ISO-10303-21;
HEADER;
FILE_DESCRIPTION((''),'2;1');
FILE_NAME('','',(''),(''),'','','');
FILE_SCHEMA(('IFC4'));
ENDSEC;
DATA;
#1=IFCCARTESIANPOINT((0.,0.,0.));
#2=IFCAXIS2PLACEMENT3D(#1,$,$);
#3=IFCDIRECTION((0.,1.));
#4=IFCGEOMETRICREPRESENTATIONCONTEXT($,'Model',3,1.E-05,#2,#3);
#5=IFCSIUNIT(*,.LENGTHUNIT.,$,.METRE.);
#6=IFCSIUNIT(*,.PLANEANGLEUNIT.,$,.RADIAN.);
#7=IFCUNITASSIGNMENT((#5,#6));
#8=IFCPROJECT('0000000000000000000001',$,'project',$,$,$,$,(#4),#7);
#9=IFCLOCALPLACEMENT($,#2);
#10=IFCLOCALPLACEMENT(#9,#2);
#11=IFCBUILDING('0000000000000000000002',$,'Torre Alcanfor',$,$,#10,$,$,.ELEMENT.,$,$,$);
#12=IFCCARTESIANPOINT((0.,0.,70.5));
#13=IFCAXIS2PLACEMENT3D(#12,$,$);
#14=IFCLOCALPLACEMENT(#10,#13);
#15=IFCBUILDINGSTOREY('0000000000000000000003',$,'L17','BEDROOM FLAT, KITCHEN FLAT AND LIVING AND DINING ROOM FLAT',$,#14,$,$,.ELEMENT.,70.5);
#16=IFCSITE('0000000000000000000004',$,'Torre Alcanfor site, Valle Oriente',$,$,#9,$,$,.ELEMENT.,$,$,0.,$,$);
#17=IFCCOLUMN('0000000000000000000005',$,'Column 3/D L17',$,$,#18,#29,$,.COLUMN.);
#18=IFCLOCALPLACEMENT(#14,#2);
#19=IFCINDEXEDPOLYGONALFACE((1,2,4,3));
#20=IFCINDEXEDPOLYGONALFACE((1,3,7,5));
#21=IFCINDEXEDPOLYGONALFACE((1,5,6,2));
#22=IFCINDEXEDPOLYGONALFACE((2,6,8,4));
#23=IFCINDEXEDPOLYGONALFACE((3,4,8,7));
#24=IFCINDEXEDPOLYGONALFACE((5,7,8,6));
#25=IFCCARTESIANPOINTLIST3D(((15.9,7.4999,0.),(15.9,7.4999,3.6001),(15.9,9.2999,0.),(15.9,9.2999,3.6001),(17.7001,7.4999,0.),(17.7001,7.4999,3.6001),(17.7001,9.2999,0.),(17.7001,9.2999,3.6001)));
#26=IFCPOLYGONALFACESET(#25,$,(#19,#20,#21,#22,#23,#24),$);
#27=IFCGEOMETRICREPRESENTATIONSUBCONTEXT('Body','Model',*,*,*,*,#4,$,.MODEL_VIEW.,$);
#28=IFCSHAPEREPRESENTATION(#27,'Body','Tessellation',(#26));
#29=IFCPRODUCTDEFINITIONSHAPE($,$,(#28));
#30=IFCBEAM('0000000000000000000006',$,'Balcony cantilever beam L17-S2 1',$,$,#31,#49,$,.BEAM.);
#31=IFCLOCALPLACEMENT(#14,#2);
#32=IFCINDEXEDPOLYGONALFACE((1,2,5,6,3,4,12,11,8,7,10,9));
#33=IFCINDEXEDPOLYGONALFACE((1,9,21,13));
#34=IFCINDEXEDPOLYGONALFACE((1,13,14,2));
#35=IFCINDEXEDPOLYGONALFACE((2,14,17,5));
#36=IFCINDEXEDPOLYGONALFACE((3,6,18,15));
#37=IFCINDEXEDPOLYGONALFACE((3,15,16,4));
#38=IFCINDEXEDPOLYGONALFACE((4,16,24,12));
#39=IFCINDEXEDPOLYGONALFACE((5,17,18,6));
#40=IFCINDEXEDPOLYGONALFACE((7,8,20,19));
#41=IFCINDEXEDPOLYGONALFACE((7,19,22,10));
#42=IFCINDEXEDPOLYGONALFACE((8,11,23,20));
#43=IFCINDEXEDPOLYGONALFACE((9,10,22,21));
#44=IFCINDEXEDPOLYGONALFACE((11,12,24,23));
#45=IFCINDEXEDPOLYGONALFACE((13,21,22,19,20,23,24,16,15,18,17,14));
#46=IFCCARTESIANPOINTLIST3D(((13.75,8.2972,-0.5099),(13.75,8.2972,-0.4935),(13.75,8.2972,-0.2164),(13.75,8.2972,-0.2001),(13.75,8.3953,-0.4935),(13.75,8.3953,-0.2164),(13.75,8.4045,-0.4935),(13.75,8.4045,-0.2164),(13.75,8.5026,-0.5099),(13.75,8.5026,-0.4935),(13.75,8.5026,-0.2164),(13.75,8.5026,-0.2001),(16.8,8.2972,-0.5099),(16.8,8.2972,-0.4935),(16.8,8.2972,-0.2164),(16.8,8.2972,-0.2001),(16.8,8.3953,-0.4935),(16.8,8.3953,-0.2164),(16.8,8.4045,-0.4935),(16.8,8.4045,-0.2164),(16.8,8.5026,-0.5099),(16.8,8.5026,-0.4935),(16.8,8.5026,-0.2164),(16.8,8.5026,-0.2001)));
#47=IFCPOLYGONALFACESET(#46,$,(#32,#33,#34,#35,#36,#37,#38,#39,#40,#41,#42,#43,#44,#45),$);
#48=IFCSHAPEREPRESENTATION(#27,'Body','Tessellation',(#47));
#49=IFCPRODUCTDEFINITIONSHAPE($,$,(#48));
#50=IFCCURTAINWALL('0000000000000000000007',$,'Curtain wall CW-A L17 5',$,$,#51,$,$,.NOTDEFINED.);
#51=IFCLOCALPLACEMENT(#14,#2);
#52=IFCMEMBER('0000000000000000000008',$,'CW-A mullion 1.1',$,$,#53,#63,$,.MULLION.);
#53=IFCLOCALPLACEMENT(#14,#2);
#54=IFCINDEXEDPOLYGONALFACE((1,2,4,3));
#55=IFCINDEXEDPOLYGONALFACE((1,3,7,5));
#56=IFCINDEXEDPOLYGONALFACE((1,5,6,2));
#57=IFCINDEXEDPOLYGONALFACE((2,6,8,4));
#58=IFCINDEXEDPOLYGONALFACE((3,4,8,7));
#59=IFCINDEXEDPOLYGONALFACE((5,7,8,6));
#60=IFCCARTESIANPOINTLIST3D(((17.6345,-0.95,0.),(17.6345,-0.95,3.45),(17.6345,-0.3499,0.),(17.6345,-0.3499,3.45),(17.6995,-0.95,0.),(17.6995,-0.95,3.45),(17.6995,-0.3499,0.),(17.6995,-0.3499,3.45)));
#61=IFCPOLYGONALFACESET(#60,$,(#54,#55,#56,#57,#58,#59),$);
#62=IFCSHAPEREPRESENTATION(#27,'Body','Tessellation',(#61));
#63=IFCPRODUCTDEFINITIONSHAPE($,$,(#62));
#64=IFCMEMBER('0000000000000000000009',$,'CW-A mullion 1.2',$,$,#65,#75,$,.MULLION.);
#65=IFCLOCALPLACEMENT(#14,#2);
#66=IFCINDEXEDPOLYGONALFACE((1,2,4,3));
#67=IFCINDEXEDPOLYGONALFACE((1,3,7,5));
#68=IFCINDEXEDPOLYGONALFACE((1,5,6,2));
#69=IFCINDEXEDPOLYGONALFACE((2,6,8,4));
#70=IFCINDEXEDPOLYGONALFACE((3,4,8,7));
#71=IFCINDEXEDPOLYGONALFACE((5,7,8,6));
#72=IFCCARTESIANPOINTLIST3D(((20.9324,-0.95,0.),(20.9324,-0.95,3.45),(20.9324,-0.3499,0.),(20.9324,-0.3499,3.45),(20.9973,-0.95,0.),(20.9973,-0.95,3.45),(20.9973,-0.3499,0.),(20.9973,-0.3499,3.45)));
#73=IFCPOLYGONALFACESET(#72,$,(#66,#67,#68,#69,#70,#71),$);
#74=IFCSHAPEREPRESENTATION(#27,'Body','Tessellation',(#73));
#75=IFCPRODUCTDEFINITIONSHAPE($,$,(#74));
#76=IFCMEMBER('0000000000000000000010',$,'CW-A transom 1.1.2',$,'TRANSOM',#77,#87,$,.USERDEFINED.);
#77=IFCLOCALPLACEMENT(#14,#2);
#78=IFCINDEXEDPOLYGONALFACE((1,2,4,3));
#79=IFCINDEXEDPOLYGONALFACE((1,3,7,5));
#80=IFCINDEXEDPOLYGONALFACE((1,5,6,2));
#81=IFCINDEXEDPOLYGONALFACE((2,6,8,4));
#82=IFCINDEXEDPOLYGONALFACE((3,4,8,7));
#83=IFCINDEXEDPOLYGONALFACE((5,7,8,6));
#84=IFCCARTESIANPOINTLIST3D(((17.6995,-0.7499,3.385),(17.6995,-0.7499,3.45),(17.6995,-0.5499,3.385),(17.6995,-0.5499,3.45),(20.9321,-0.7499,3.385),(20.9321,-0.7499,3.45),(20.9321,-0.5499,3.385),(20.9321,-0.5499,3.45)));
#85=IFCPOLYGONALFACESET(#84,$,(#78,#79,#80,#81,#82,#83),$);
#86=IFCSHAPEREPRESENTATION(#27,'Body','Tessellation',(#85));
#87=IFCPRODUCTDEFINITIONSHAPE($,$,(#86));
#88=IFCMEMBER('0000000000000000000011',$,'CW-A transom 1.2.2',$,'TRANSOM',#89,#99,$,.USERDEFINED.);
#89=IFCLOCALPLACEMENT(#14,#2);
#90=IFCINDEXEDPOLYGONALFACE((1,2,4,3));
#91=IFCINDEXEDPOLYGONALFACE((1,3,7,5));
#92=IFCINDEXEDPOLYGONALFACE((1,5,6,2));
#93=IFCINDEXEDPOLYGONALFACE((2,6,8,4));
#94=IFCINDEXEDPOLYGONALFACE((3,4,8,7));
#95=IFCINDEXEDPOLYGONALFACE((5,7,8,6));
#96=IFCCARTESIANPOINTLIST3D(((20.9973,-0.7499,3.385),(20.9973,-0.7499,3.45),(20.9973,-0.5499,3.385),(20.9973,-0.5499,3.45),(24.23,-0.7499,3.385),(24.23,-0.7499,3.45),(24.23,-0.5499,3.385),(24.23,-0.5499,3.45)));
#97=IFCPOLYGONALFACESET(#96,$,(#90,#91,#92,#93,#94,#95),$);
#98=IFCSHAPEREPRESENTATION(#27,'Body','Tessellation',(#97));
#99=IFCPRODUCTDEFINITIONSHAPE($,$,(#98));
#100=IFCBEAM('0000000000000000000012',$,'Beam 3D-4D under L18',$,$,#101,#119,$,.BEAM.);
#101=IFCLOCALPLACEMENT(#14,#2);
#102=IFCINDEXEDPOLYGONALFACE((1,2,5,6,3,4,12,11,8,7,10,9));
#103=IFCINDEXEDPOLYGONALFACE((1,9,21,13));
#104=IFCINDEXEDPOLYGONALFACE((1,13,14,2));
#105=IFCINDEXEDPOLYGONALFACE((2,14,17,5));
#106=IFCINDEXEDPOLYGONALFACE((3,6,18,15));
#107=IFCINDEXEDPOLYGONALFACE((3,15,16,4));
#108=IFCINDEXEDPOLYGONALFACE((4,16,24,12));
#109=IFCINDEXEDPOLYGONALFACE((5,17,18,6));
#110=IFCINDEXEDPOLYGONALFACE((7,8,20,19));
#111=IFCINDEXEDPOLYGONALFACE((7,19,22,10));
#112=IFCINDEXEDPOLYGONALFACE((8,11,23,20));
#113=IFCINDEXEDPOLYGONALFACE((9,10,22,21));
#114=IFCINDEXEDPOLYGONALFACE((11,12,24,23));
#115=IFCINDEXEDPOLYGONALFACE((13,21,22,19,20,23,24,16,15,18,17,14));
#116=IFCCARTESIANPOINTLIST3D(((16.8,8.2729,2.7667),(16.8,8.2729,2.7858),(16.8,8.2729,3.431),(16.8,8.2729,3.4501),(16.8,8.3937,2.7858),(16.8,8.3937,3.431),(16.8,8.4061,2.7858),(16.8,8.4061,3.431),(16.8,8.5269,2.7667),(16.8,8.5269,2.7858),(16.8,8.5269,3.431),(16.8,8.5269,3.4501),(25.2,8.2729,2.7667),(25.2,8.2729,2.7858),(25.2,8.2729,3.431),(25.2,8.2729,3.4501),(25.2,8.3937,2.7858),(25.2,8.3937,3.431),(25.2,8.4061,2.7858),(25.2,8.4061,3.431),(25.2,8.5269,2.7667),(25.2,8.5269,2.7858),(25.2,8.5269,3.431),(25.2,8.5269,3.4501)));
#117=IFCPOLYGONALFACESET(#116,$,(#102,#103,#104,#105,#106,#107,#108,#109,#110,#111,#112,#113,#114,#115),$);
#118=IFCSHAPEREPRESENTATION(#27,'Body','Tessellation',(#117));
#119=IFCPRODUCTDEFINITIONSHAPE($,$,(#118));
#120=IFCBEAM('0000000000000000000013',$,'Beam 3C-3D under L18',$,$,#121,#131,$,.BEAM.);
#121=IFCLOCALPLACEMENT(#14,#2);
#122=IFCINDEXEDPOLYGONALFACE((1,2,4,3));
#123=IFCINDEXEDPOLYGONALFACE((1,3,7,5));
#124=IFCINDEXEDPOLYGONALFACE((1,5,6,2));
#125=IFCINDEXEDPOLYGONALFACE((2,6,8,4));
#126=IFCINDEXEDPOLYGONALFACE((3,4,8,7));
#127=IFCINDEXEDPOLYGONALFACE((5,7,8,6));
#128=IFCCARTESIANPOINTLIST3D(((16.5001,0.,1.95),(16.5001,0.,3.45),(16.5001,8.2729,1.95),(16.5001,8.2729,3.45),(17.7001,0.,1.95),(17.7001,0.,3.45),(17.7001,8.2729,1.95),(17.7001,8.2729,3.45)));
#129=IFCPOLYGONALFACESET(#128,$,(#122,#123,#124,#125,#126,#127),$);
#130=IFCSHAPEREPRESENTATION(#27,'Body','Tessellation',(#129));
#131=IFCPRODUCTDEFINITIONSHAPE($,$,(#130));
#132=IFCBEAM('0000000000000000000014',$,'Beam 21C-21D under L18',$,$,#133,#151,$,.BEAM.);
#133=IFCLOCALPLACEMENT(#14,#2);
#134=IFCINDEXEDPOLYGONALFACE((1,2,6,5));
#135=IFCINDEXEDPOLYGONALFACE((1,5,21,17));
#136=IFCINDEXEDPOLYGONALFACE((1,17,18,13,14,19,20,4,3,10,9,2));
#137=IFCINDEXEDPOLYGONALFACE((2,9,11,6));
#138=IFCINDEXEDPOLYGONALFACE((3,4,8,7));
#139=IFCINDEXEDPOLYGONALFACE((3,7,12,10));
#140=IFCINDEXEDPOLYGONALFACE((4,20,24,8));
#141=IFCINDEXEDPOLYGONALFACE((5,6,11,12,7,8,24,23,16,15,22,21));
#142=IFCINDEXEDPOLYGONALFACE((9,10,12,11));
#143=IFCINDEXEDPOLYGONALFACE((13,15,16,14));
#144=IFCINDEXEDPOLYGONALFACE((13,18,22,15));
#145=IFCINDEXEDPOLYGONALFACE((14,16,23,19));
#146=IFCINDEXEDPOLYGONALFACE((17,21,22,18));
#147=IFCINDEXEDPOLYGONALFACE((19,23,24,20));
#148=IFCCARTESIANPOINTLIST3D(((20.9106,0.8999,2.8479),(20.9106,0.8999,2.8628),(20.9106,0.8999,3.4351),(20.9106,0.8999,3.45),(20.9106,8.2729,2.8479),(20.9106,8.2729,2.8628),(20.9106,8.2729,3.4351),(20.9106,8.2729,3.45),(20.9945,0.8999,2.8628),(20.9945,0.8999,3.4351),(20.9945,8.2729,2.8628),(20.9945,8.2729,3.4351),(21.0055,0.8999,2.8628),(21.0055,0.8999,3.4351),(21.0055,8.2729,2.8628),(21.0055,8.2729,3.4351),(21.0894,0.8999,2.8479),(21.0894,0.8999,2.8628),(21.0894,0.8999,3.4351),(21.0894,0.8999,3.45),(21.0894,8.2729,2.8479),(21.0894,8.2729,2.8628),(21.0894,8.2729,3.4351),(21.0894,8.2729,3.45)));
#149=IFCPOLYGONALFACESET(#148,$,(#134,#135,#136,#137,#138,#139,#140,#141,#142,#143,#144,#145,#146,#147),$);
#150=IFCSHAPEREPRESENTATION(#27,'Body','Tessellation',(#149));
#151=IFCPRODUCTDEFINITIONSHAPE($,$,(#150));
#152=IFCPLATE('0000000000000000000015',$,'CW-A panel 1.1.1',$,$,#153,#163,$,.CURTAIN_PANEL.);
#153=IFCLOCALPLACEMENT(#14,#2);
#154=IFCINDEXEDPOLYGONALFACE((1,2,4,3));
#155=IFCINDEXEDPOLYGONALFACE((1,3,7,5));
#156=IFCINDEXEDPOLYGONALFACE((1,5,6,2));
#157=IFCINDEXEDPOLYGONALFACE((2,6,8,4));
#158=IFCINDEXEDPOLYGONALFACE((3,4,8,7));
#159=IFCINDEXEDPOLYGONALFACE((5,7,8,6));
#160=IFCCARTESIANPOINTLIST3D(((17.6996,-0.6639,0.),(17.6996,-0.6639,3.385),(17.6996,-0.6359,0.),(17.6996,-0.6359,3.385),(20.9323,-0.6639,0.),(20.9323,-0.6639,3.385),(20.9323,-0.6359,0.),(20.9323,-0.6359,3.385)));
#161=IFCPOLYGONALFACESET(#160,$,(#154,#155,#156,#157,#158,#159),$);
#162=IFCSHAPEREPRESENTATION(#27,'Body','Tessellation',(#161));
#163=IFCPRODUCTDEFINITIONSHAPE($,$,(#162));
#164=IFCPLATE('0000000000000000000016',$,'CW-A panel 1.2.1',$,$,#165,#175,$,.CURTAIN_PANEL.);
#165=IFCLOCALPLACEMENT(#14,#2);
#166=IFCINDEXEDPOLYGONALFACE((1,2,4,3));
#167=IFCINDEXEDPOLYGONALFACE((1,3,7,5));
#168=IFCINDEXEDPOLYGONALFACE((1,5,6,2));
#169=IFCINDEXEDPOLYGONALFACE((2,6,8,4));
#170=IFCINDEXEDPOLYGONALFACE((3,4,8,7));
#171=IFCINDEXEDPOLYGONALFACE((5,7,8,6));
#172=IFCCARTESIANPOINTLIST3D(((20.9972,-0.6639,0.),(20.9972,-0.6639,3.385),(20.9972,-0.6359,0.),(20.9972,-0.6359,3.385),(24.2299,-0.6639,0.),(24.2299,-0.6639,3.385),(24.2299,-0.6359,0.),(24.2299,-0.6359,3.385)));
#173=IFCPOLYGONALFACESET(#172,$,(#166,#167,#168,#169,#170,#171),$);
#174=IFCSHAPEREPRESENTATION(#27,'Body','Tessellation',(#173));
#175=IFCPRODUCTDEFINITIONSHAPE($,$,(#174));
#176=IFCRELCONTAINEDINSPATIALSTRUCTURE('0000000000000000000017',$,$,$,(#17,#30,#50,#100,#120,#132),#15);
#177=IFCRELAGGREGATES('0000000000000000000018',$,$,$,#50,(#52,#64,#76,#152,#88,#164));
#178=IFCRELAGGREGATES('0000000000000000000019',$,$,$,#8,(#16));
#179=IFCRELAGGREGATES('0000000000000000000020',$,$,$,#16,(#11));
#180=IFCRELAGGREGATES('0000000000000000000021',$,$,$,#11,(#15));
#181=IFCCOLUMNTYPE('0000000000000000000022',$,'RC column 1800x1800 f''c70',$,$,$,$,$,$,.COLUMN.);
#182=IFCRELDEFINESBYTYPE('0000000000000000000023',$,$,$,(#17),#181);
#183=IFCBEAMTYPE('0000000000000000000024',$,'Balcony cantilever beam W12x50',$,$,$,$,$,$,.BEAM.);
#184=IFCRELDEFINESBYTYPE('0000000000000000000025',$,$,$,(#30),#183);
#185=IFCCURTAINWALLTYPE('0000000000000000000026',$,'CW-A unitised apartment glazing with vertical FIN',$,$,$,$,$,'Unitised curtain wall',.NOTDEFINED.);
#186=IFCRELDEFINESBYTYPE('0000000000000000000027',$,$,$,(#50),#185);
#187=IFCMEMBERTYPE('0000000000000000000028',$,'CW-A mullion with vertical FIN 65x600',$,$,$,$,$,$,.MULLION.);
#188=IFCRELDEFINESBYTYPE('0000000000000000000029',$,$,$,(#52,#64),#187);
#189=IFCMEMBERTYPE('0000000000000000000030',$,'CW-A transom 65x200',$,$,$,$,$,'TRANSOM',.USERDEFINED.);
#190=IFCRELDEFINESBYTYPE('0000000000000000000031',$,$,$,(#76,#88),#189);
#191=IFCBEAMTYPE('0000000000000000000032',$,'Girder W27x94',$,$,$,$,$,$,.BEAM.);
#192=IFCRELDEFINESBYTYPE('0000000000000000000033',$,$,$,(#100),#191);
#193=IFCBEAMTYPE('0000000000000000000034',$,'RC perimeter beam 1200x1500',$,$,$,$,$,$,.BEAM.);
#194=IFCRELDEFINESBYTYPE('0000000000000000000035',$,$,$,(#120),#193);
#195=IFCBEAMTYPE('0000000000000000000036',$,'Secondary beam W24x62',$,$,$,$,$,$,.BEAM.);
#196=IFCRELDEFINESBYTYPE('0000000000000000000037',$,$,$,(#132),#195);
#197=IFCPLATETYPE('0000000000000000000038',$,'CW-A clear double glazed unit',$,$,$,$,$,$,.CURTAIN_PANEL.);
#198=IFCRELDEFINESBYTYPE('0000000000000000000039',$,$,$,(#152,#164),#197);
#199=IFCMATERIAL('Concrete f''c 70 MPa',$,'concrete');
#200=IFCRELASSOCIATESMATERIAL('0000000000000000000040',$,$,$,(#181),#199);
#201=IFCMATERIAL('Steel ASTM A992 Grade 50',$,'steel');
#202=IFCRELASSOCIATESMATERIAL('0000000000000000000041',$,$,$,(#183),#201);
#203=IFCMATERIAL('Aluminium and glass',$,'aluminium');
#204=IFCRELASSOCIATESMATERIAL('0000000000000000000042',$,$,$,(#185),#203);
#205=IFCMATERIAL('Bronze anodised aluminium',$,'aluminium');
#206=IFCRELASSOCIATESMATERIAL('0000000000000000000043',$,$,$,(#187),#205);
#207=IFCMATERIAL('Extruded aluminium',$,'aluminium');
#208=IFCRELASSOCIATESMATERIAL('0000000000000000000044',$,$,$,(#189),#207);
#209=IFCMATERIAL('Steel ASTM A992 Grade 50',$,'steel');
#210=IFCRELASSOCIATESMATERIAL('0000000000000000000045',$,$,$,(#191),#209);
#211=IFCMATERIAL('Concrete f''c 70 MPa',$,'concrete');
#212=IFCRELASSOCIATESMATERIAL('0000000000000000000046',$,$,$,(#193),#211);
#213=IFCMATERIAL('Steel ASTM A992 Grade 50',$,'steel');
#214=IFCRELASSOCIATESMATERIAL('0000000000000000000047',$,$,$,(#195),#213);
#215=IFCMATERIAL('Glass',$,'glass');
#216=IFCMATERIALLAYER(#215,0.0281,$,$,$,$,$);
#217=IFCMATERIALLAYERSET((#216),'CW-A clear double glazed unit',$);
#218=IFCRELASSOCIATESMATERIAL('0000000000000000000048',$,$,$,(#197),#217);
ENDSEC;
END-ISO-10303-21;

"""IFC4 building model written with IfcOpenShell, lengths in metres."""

from ifc_helpers import new_model, si_unit, direction, frame, origin, origin_2d, place, context, subcontext, project, spatial, rectangle, i_section, extrude, material, layer, layer_set, material_profile, profile_set, type_object, element, aggregate, save


model = new_model("IFC4")

# Units and contexts
model_context = context("Model", 3, precision=1e-05, world=origin(), true_north=direction((0.0, 1.0)))
body_context = subcontext(model_context, "Body", "Model", "MODEL_VIEW")
ifc_project = project(units=[si_unit("LENGTHUNIT", "METRE"), si_unit("PLANEANGLEUNIT", "RADIAN")], contexts=[model_context])

# Site, building, storey
site_placement = place(None, origin())
site = spatial("IfcSite", under=ifc_project, at=site_placement, Name="Torre Alcanfor site, Valle Oriente", CompositionType="ELEMENT", RefElevation=0.0)
building_placement = place(site_placement, origin())
building = spatial("IfcBuilding", under=site, at=building_placement, Name="Torre Alcanfor", CompositionType="ELEMENT")
storey_placement = place(building_placement, frame((0.0, 0.0, 70.5)))
storey = spatial("IfcBuildingStorey", under=building, at=storey_placement, Name="L17", Description="BEDROOM FLAT, KITCHEN FLAT AND LIVING AND DINING ROOM FLAT", CompositionType="ELEMENT", Elevation=70.5)

# Column
ifc_material_1 = material(Name="Concrete f'c 70 MPa", Category="concrete")
ifc_material_profile_1 = material_profile(ifc_material_1, rectangle(XDim=1.8, YDim=1.8, at=origin_2d()), Name="1800x1800")
ifc_profile_set_1 = profile_set([ifc_material_profile_1], Name="Concrete f'c 70 MPa")
column_type = type_object("IfcColumnType", Name="RC column 1800x1800 f'c70", PredefinedType="COLUMN", material=ifc_profile_set_1)
column_placement = place(storey_placement, frame((16.8, 8.3999, 0.0), z_axis=(0.0, 0.0, 1.0), x_axis=(1.0, 0.0, 0.0)))
element("IfcColumn", 1, at=column_placement, inside=storey, type_object=column_type, Name="Column 3/D L17", PredefinedType="COLUMN", context=body_context, shape_type="SweptSolid", body=[
    extrude(rectangle(XDim=1.8, YDim=1.8, at=origin_2d()), origin(), (0.0, 0.0, 1.0), 3.6001),
])

# Beam
ifc_material_2 = material(Name="Steel ASTM A992 Grade 50", Category="steel")
ifc_material_profile_2 = material_profile(ifc_material_2, i_section(OverallWidth=0.2053, OverallDepth=0.3098, WebThickness=0.0093, FlangeThickness=0.0164, at=origin_2d()), Name="W12x50")
ifc_profile_set_2 = profile_set([ifc_material_profile_2], Name="Steel ASTM A992 Grade 50")
beam_type_1 = type_object("IfcBeamType", Name="Balcony cantilever beam W12x50", PredefinedType="BEAM", material=ifc_profile_set_2)
beam_1_placement = place(storey_placement, frame((16.8, 8.3999, -0.355), z_axis=(-1.0, 0.0, 0.0), x_axis=(0.0, -1.0, 0.0)))
element("IfcBeam", 2, at=beam_1_placement, inside=storey, type_object=beam_type_1, Name="Balcony cantilever beam L17-S2 1", PredefinedType="BEAM", context=body_context, shape_type="SweptSolid", body=[
    extrude(i_section(OverallWidth=0.2053, OverallDepth=0.3098, WebThickness=0.0093, FlangeThickness=0.0164, at=origin_2d()), origin(), (0.0, 0.0, 1.0), 3.05),
])

# Curtain wall, members
ifc_material_3 = material(Name="Aluminium and glass", Category="aluminium")
curtain_wall_type = type_object("IfcCurtainWallType", Name="CW-A unitised apartment glazing with vertical FIN", ElementType="Unitised curtain wall", PredefinedType="NOTDEFINED", material=ifc_material_3)
curtain_wall_placement = place(storey_placement, origin())
curtain_wall = element("IfcCurtainWall", 3, at=curtain_wall_placement, inside=storey, type_object=curtain_wall_type, Name="Curtain wall CW-A L17 5", PredefinedType="NOTDEFINED")
ifc_material_4 = material(Name="Bronze anodised aluminium", Category="aluminium")
ifc_material_profile_3 = material_profile(ifc_material_4, rectangle(XDim=0.6001, YDim=0.0649, at=origin_2d()), Name="CW-A mullion 65x600")
ifc_profile_set_3 = profile_set([ifc_material_profile_3], Name="Bronze anodised aluminium")
member_type_1 = type_object("IfcMemberType", Name="CW-A mullion with vertical FIN 65x600", PredefinedType="MULLION", material=ifc_profile_set_3)
member_1_placement = place(storey_placement, frame((17.667, -0.6499, 0.0), z_axis=(0.0, 0.0, 1.0), x_axis=(0.0, 1.0, 0.0)))
member_1 = element("IfcMember", 4, at=member_1_placement, type_object=member_type_1, Name="CW-A mullion 1.1", PredefinedType="MULLION", context=body_context, shape_type="SweptSolid", body=[
    extrude(rectangle(XDim=0.6001, YDim=0.0649, at=origin_2d()), origin(), (0.0, 0.0, 1.0), 3.45),
])
member_2_placement = place(storey_placement, frame((20.9648, -0.6499, 0.0), z_axis=(0.0, 0.0, 1.0), x_axis=(0.0, 1.0, 0.0)))
member_2 = element("IfcMember", 5, at=member_2_placement, type_object=member_type_1, Name="CW-A mullion 1.2", PredefinedType="MULLION", context=body_context, shape_type="SweptSolid", body=[
    extrude(rectangle(XDim=0.6001, YDim=0.0649, at=origin_2d()), origin(), (0.0, 0.0, 1.0), 3.45),
])
ifc_material_5 = material(Name="Extruded aluminium", Category="aluminium")
ifc_material_profile_4 = material_profile(ifc_material_5, rectangle(XDim=0.2, YDim=0.0649, at=origin_2d()), Name="CW-A transom 200x65")
ifc_profile_set_4 = profile_set([ifc_material_profile_4], Name="Extruded aluminium")
member_type_2 = type_object("IfcMemberType", Name="CW-A transom 65x200", ElementType="TRANSOM", PredefinedType="USERDEFINED", material=ifc_profile_set_4)
member_3_placement = place(storey_placement, frame((17.6995, -0.6499, 3.4175), z_axis=(1.0, 0.0, 0.0), x_axis=(0.0, 1.0, 0.0)))
member_3 = element("IfcMember", 6, at=member_3_placement, type_object=member_type_2, Name="CW-A transom 1.1.2", ObjectType="TRANSOM", PredefinedType="USERDEFINED", context=body_context, shape_type="SweptSolid", body=[
    extrude(rectangle(XDim=0.2, YDim=0.0649, at=origin_2d()), origin(), (0.0, 0.0, 1.0), 3.2327),
])
member_4_placement = place(storey_placement, frame((20.9973, -0.6499, 3.4175), z_axis=(1.0, 0.0, 0.0), x_axis=(0.0, 1.0, 0.0)))
member_4 = element("IfcMember", 7, at=member_4_placement, type_object=member_type_2, Name="CW-A transom 1.2.2", ObjectType="TRANSOM", PredefinedType="USERDEFINED", context=body_context, shape_type="SweptSolid", body=[
    extrude(rectangle(XDim=0.2, YDim=0.0649, at=origin_2d()), origin(), (0.0, 0.0, 1.0), 3.2327),
])

# Beams
ifc_material_6 = material(Name="Steel ASTM A992 Grade 50", Category="steel")
ifc_material_profile_5 = material_profile(ifc_material_6, i_section(OverallWidth=0.2539, OverallDepth=0.6833, WebThickness=0.0125, FlangeThickness=0.019, at=origin_2d()), Name="W27x94")
ifc_profile_set_5 = profile_set([ifc_material_profile_5], Name="Steel ASTM A992 Grade 50")
beam_type_2 = type_object("IfcBeamType", Name="Girder W27x94", PredefinedType="BEAM", material=ifc_profile_set_5)
beam_2_placement = place(storey_placement, frame((16.8, 8.3999, 3.1084), z_axis=(1.0, 0.0, 0.0), x_axis=(0.0, 1.0, 0.0)))
element("IfcBeam", 8, at=beam_2_placement, inside=storey, type_object=beam_type_2, Name="Beam 3D-4D under L18", PredefinedType="BEAM", context=body_context, shape_type="SweptSolid", body=[
    extrude(i_section(OverallWidth=0.2539, OverallDepth=0.6833, WebThickness=0.0125, FlangeThickness=0.019, at=origin_2d()), origin(), (0.0, 0.0, 1.0), 8.3999),
])
ifc_material_7 = material(Name="Concrete f'c 70 MPa", Category="concrete")
ifc_material_profile_6 = material_profile(ifc_material_7, rectangle(XDim=1.2, YDim=1.5, at=origin_2d()), Name="1200x1500")
ifc_profile_set_6 = profile_set([ifc_material_profile_6], Name="Concrete f'c 70 MPa")
beam_type_3 = type_object("IfcBeamType", Name="RC perimeter beam 1200x1500", PredefinedType="BEAM", material=ifc_profile_set_6)
beam_3_placement = place(storey_placement, frame((17.1001, 0.0, 2.7), z_axis=(0.0, 1.0, 0.0), x_axis=(-1.0, 0.0, 0.0)))
element("IfcBeam", 9, at=beam_3_placement, inside=storey, type_object=beam_type_3, Name="Beam 3C-3D under L18", PredefinedType="BEAM", context=body_context, shape_type="SweptSolid", body=[
    extrude(rectangle(XDim=1.2, YDim=1.5, at=origin_2d()), origin(), (0.0, 0.0, 1.0), 8.2729),
])
ifc_material_8 = material(Name="Steel ASTM A992 Grade 50", Category="steel")
ifc_material_profile_7 = material_profile(ifc_material_8, i_section(OverallWidth=0.1787, OverallDepth=0.6021, WebThickness=0.011, FlangeThickness=0.0149, at=origin_2d()), Name="W24x62")
ifc_profile_set_7 = profile_set([ifc_material_profile_7], Name="Steel ASTM A992 Grade 50")
beam_type_4 = type_object("IfcBeamType", Name="Secondary beam W24x62", PredefinedType="BEAM", material=ifc_profile_set_7)
beam_4_placement = place(storey_placement, frame((21.0, 0.8999, 3.1489), z_axis=(0.0, 1.0, 0.0), x_axis=(-1.0, 0.0, 0.0)))
element("IfcBeam", 10, at=beam_4_placement, inside=storey, type_object=beam_type_4, Name="Beam 21C-21D under L18", PredefinedType="BEAM", context=body_context, shape_type="SweptSolid", body=[
    extrude(i_section(OverallWidth=0.1787, OverallDepth=0.6021, WebThickness=0.011, FlangeThickness=0.0149, at=origin_2d()), origin(), (0.0, 0.0, 1.0), 7.373),
])

# Plates
ifc_material_9 = material(Name="Glass", Category="glass")
ifc_layer_1 = layer(ifc_material_9, 0.0281)
ifc_layer_set_1 = layer_set([ifc_layer_1], Name="CW-A clear double glazed unit")
plate_type = type_object("IfcPlateType", Name="CW-A clear double glazed unit", PredefinedType="CURTAIN_PANEL", material=ifc_layer_set_1)
plate_1_placement = place(storey_placement, frame((19.3159, -0.6499, 0.0), z_axis=(0.0, 0.0, 1.0), x_axis=(1.0, 0.0, 0.0)))
plate_1 = element("IfcPlate", 11, at=plate_1_placement, type_object=plate_type, Name="CW-A panel 1.1.1", PredefinedType="CURTAIN_PANEL", context=body_context, shape_type="SweptSolid", body=[
    extrude(rectangle(XDim=3.2327, YDim=0.0281, at=origin_2d()), origin(), (0.0, 0.0, 1.0), 3.385),
])
plate_2_placement = place(storey_placement, frame((22.6135, -0.6499, 0.0), z_axis=(0.0, 0.0, 1.0), x_axis=(1.0, 0.0, 0.0)))
plate_2 = element("IfcPlate", 12, at=plate_2_placement, type_object=plate_type, Name="CW-A panel 1.2.1", PredefinedType="CURTAIN_PANEL", context=body_context, shape_type="SweptSolid", body=[
    extrude(rectangle(XDim=3.2327, YDim=0.0281, at=origin_2d()), origin(), (0.0, 0.0, 1.0), 3.385),
])
aggregate(curtain_wall, [member_1, member_2, member_3, plate_1, member_4, plate_2])

save(model, "model.ifc")
